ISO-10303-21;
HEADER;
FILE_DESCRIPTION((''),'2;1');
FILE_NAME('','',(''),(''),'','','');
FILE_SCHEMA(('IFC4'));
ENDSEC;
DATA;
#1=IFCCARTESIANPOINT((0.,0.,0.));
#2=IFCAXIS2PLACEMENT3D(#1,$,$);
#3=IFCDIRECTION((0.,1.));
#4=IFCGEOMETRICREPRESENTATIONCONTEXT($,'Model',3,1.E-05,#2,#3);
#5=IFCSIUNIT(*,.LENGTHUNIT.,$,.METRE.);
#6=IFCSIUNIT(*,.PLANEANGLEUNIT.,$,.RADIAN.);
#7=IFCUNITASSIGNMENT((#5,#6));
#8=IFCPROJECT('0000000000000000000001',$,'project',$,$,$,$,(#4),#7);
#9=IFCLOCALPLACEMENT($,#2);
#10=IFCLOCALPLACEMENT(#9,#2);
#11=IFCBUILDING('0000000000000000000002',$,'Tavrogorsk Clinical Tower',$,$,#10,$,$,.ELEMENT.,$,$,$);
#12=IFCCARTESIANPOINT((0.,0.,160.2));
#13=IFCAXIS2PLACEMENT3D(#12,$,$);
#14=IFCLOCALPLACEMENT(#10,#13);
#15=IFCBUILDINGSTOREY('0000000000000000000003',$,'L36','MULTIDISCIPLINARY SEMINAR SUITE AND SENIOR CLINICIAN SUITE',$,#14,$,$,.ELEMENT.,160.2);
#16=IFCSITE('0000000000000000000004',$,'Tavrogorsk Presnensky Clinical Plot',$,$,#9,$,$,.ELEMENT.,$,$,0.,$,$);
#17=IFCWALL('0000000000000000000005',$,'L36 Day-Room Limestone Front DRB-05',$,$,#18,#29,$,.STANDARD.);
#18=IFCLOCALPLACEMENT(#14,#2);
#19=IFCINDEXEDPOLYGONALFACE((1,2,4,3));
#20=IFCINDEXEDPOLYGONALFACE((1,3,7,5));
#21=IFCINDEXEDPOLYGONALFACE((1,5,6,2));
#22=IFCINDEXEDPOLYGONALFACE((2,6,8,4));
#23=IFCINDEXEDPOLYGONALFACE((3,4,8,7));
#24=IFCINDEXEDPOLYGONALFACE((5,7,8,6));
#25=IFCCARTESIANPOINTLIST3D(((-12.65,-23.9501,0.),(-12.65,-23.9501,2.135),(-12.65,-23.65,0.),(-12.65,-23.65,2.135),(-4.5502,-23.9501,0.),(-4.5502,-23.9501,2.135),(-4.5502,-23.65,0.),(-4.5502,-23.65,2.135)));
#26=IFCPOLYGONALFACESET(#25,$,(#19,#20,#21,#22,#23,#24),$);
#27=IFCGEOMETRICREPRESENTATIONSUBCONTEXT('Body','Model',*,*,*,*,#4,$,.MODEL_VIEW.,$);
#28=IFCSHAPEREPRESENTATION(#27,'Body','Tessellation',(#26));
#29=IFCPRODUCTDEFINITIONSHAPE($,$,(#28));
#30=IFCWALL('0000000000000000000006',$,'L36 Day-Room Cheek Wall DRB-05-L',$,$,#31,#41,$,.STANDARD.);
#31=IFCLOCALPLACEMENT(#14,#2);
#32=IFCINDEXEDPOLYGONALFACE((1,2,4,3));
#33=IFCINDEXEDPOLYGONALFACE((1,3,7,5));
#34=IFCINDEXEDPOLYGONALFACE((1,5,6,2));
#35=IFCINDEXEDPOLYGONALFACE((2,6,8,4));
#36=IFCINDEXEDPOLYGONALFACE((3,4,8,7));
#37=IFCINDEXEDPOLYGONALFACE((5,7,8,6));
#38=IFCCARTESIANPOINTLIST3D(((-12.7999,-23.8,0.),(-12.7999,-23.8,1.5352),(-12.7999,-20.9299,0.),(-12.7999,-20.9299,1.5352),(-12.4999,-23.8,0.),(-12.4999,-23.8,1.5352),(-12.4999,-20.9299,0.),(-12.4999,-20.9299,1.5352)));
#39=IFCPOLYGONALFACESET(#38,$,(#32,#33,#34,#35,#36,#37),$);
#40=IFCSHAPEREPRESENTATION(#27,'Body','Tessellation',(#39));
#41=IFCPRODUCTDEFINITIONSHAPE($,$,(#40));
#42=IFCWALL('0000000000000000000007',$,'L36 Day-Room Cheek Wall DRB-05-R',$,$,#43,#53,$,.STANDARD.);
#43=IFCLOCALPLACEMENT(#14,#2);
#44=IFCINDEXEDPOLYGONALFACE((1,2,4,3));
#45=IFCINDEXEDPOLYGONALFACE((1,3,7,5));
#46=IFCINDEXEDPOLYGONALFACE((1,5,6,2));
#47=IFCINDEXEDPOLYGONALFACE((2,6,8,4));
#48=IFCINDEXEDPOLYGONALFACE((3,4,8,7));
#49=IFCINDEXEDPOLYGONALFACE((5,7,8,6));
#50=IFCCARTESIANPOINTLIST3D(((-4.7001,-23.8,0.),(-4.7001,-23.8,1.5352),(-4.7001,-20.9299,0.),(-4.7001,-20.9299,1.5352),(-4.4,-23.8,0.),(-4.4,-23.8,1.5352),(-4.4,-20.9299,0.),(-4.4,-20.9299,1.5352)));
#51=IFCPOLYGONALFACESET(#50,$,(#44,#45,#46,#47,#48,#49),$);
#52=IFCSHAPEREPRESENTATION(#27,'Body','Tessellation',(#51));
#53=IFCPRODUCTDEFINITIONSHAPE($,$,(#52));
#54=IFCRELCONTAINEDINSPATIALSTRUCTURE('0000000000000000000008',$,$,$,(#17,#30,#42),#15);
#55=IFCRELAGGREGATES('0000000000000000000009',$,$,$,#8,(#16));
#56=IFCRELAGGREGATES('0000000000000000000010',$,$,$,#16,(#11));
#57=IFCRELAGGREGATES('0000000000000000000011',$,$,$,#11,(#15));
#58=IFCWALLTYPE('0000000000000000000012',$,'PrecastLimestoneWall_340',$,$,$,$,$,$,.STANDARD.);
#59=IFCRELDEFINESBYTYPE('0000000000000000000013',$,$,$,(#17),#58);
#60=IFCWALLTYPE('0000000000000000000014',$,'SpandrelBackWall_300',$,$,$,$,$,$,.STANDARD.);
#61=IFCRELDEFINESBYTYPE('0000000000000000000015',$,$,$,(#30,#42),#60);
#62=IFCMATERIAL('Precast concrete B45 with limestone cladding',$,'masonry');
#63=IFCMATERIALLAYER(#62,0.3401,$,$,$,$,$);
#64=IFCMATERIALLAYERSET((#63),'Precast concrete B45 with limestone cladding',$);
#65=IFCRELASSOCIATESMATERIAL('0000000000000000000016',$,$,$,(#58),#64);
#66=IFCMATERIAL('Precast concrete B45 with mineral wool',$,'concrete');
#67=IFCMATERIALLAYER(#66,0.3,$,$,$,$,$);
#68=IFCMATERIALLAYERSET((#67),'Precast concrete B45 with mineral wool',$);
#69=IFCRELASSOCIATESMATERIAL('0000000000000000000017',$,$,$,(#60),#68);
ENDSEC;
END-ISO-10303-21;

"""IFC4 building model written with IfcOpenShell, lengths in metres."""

from ifc_helpers import new_model, si_unit, direction, frame, frame_2d, origin, place, context, subcontext, project, spatial, rectangle, extrude, material, layer, layer_set, type_object, element, save


model = new_model("IFC4")

# Units and contexts
model_context = context("Model", 3, precision=1e-05, world=origin(), true_north=direction((0.0, 1.0)))
body_context = subcontext(model_context, "Body", "Model", "MODEL_VIEW")
ifc_project = project(units=[si_unit("LENGTHUNIT", "METRE"), si_unit("PLANEANGLEUNIT", "RADIAN")], contexts=[model_context])

# Site, building, storey
site_placement = place(None, origin())
site = spatial("IfcSite", under=ifc_project, at=site_placement, Name="Tavrogorsk Presnensky Clinical Plot", CompositionType="ELEMENT", RefElevation=0.0)
building_placement = place(site_placement, origin())
building = spatial("IfcBuilding", under=site, at=building_placement, Name="Tavrogorsk Clinical Tower", CompositionType="ELEMENT")
storey_placement = place(building_placement, frame((0.0, 0.0, 160.2)))
storey = spatial("IfcBuildingStorey", under=building, at=storey_placement, Name="L36", Description="MULTIDISCIPLINARY SEMINAR SUITE AND SENIOR CLINICIAN SUITE", CompositionType="ELEMENT", Elevation=160.2)

# Shared definitions
ifc_material_1 = material(Name="Precast concrete B45 with limestone cladding", Category="masonry")
ifc_layer_1 = layer(ifc_material_1, 0.3401)
ifc_layer_set_1 = layer_set([ifc_layer_1], Name="Precast concrete B45 with limestone cladding")
wall_type_1 = type_object("IfcWallType", Name="PrecastLimestoneWall_340", PredefinedType="STANDARD", material=ifc_layer_set_1)

# Walls
wall_1_placement = place(storey_placement, frame((-12.6499, -23.8, 0.0), z_axis=(0.0, 0.0, 1.0), x_axis=(1.0, 0.0, 0.0)))
element("IfcWall", 1, at=wall_1_placement, inside=storey, type_object=wall_type_1, Name="L36 Day-Room Limestone Front DRB-05", PredefinedType="STANDARD", context=body_context, shape_type="SweptSolid", body=[
    extrude(rectangle(XDim=8.0999, YDim=0.3, at=frame_2d((4.0498, 0.0))), origin(), (0.0, 0.0, 1.0), 2.135),
])
ifc_material_2 = material(Name="Precast concrete B45 with mineral wool", Category="concrete")
ifc_layer_2 = layer(ifc_material_2, 0.3)
ifc_layer_set_2 = layer_set([ifc_layer_2], Name="Precast concrete B45 with mineral wool")
wall_type_2 = type_object("IfcWallType", Name="SpandrelBackWall_300", PredefinedType="STANDARD", material=ifc_layer_set_2)
for number, where, z_axis, x_axis, name in (
    (2, (-12.6499, -20.9299, 0.0), (0.0, 0.0, 1.0), (0.0, -1.0, 0.0), "L36 Day-Room Cheek Wall DRB-05-L"),
    (3, (-4.55, -20.9299, 0.0), (0.0, 0.0, 1.0), (0.0, -1.0, 0.0), "L36 Day-Room Cheek Wall DRB-05-R"),
):
    element("IfcWall", number, at=place(storey_placement, frame(where, z_axis=z_axis, x_axis=x_axis)), inside=storey, type_object=wall_type_2, Name=name, PredefinedType="STANDARD", context=body_context, shape_type="SweptSolid", body=[
        extrude(rectangle(XDim=2.8701, YDim=0.3, at=frame_2d((1.4351, 0.0))), origin(), (0.0, 0.0, 1.0), 1.5352),
    ])

save(model, "model.ifc")
